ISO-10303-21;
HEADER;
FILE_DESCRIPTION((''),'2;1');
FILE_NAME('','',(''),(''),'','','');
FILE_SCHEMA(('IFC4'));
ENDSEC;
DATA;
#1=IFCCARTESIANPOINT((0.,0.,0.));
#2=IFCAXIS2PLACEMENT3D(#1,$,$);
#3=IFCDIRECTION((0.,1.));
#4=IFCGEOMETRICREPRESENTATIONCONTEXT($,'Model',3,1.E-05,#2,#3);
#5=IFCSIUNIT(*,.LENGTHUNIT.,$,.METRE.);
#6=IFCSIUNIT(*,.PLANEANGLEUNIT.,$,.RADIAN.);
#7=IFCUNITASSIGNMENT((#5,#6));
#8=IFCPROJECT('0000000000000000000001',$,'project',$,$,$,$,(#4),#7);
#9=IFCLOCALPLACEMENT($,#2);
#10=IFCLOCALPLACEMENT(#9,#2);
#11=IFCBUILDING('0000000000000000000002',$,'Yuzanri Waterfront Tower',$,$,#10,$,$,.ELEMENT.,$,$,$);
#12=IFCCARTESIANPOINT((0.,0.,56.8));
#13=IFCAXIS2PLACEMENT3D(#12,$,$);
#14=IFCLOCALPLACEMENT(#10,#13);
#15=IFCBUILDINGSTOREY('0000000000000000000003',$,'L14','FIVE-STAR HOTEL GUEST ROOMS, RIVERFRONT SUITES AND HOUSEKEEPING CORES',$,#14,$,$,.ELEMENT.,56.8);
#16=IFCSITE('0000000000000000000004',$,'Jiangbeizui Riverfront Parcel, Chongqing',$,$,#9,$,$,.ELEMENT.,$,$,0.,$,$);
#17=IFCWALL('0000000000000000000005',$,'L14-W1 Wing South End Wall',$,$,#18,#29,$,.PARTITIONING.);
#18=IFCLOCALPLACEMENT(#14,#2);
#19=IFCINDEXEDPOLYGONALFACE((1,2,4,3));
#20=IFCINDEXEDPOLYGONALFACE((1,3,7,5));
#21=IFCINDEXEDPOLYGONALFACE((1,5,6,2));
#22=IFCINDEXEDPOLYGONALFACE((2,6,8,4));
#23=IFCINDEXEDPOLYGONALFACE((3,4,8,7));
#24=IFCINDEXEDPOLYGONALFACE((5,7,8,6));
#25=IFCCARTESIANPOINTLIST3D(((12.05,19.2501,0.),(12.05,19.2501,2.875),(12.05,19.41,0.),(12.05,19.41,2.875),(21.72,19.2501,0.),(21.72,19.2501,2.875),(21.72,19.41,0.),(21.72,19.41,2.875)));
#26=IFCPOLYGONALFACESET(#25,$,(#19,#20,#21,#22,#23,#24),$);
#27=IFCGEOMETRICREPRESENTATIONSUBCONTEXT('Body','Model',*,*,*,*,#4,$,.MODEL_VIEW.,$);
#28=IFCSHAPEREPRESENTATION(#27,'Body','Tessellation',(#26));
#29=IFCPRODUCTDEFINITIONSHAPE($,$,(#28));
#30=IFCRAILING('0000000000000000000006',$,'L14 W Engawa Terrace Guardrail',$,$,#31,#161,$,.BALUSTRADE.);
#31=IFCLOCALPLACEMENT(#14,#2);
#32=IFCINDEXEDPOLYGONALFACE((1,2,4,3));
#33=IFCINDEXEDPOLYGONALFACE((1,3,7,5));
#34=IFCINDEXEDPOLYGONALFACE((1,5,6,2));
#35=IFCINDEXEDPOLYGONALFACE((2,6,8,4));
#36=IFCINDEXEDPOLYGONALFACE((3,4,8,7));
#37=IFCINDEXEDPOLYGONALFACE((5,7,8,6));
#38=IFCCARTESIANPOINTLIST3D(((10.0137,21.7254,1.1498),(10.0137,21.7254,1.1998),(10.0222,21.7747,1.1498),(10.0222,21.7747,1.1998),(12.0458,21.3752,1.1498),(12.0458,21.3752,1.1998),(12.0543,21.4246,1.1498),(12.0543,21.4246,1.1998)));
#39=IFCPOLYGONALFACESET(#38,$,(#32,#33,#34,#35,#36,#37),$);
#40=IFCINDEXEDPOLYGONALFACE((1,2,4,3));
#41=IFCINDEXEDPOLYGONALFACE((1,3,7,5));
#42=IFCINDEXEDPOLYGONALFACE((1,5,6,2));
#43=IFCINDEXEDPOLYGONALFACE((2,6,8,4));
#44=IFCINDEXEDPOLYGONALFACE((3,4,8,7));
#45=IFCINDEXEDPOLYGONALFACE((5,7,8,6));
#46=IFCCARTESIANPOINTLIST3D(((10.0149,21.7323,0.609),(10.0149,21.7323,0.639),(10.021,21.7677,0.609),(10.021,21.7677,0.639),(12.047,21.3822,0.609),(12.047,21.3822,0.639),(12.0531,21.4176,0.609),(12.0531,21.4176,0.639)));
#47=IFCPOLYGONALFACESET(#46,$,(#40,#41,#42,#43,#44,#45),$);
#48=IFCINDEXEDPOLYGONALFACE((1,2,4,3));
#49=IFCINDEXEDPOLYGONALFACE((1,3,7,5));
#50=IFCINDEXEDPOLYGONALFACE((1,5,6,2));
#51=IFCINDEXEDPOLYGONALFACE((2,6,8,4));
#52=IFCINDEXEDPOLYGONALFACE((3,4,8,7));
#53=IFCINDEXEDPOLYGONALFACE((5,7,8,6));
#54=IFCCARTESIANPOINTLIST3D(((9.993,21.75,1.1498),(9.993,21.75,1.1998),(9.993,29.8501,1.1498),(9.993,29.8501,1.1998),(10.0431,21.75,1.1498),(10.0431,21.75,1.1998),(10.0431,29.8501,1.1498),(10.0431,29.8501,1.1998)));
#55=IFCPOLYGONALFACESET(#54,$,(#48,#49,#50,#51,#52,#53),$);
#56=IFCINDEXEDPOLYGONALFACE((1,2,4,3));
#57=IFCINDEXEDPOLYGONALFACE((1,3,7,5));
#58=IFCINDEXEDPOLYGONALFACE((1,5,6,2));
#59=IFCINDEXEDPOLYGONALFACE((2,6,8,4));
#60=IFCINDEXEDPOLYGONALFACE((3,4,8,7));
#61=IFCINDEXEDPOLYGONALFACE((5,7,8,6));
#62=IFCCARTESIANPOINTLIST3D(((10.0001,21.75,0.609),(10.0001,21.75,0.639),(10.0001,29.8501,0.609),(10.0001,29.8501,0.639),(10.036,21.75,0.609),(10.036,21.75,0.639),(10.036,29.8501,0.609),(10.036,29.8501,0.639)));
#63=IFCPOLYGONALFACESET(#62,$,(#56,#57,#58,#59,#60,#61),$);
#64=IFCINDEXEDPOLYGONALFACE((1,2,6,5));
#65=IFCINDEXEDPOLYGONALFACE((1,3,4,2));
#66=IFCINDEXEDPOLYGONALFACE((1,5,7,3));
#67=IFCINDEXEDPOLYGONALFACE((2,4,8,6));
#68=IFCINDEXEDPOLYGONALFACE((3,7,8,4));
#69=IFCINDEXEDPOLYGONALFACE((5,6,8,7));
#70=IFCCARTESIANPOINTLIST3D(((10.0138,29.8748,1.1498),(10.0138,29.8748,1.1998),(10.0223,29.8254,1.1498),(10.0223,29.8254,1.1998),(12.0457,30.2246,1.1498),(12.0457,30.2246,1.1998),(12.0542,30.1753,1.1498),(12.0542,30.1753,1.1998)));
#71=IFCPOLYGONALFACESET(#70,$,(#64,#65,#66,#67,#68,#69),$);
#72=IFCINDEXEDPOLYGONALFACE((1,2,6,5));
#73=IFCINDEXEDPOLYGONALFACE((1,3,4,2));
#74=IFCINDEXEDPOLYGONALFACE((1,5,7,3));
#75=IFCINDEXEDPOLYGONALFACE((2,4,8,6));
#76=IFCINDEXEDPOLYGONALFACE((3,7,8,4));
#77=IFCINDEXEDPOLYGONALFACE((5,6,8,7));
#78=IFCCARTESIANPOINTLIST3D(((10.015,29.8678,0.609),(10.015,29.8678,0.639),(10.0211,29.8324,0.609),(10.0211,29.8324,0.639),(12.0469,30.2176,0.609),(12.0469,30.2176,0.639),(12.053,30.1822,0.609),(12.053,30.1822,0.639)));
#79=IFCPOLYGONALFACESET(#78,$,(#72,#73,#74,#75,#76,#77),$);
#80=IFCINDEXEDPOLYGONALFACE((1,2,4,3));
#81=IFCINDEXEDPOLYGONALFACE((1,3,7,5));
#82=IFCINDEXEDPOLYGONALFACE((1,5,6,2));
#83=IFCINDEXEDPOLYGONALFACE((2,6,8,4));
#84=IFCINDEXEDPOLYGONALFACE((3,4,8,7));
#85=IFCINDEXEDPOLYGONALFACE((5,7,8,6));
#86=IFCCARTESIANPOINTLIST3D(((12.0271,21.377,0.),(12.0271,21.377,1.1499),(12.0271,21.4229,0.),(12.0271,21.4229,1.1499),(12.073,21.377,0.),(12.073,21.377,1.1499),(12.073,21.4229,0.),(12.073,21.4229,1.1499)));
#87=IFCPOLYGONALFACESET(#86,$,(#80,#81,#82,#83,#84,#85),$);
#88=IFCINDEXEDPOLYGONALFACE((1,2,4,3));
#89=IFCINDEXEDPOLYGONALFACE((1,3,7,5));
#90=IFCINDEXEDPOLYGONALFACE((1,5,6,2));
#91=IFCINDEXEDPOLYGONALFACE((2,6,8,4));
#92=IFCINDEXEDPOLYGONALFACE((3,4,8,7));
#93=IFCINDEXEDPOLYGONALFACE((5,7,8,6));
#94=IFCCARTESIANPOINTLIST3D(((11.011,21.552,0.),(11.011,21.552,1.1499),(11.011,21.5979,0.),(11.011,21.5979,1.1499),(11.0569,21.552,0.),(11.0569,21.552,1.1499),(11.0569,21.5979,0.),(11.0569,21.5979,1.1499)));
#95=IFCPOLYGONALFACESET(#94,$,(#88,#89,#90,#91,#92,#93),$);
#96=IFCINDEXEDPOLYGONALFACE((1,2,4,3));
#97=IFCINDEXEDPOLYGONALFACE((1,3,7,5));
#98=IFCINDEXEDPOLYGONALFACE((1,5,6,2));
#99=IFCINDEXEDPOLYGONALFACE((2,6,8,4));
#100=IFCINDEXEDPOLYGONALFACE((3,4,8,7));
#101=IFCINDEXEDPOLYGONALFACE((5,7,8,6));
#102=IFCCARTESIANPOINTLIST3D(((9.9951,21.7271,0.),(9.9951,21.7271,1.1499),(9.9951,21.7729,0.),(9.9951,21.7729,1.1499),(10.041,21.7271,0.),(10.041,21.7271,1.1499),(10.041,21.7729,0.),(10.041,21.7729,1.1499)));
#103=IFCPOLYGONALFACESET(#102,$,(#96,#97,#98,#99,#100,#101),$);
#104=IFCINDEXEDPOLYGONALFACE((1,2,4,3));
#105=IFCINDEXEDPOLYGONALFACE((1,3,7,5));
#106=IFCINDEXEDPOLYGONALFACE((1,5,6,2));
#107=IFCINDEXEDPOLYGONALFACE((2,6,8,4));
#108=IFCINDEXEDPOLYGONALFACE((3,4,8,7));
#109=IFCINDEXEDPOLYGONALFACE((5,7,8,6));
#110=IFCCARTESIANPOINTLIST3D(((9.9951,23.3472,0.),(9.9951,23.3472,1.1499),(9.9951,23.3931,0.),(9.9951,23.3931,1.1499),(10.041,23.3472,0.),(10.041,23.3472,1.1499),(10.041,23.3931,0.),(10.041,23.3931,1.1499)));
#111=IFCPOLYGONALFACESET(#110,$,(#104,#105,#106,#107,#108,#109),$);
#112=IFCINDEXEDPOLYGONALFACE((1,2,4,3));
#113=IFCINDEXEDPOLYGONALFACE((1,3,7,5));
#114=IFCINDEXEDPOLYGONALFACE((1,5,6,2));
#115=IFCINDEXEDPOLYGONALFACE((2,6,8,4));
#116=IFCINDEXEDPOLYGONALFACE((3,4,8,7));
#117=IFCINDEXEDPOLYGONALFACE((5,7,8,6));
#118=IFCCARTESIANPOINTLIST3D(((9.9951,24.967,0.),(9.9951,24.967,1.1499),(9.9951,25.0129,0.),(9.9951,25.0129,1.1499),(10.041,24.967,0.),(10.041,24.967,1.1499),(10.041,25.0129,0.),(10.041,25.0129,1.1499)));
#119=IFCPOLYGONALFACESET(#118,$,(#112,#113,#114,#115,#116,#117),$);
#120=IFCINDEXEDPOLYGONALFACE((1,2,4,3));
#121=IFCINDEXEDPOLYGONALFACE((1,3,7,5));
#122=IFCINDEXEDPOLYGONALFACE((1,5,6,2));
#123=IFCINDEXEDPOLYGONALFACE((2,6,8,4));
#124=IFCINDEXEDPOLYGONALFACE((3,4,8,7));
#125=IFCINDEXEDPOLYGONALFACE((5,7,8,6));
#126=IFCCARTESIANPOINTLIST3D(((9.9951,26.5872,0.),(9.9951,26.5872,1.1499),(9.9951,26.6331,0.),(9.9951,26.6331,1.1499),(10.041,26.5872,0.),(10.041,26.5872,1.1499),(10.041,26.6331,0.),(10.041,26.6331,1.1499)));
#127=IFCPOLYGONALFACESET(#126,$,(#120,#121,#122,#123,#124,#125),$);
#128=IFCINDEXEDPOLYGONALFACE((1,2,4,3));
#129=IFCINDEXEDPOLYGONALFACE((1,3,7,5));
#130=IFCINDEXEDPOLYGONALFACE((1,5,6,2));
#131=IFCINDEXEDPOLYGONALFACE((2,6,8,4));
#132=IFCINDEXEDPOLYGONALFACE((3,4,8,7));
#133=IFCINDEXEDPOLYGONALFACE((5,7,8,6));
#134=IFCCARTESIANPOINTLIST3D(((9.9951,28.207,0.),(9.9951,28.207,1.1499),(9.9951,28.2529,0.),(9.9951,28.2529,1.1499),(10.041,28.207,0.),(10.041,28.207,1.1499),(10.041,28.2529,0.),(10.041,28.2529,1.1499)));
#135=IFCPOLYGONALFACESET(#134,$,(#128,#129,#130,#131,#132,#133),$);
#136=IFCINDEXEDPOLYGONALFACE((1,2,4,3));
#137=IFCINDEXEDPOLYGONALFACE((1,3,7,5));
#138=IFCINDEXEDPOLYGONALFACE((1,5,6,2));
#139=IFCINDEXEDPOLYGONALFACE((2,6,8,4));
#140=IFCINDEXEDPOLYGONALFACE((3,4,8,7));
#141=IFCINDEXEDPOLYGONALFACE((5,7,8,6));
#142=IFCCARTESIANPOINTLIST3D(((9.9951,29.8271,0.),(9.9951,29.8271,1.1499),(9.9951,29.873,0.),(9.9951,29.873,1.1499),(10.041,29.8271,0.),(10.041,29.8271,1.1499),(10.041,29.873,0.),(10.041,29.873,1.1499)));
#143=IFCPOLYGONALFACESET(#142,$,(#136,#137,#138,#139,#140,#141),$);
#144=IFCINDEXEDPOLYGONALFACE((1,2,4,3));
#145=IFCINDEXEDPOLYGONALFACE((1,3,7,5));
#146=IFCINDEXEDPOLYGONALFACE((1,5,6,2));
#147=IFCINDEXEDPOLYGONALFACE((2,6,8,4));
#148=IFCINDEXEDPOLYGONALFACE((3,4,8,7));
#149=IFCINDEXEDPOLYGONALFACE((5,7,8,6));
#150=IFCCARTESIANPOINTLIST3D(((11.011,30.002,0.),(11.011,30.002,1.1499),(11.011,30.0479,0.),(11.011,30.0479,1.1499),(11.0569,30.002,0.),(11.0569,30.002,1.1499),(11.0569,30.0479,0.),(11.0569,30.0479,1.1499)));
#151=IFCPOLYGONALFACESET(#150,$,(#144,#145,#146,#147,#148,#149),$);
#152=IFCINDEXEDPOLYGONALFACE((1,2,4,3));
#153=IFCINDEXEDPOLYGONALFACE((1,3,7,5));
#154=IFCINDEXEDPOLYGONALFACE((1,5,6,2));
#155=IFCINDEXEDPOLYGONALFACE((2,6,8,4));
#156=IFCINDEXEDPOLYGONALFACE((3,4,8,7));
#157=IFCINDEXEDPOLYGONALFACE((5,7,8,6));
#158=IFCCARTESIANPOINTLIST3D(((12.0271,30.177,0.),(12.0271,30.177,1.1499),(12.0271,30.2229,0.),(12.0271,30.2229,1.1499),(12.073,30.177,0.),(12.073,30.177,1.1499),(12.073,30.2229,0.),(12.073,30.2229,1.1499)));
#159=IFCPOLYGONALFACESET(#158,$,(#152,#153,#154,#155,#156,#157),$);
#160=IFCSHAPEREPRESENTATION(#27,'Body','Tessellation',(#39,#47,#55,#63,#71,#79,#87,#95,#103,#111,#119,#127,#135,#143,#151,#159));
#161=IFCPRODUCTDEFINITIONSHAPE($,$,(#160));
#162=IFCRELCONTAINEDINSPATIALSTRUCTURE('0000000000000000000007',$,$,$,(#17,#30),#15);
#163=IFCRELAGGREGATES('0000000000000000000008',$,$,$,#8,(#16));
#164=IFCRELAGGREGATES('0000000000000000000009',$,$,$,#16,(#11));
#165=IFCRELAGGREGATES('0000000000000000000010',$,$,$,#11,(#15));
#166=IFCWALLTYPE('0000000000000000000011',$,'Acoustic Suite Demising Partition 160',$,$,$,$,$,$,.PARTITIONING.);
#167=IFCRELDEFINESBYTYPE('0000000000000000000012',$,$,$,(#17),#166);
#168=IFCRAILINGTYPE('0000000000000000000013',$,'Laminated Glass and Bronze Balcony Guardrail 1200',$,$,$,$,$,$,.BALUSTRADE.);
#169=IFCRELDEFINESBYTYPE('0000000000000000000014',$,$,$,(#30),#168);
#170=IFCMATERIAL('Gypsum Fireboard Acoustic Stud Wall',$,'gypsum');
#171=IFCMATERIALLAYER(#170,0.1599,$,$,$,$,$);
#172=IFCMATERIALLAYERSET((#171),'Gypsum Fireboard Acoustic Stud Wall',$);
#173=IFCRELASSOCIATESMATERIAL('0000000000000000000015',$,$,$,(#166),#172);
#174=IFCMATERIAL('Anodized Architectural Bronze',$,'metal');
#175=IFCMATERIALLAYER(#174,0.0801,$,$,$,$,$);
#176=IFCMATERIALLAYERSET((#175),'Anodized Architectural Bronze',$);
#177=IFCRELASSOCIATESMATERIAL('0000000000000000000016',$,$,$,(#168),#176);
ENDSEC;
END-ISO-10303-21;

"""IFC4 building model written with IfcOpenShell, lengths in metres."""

from ifc_helpers import new_model, si_unit, direction, frame, frame_2d, origin, origin_2d, place, context, subcontext, project, spatial, rectangle, extrude, source, transform, mapped, material, layer, layer_set, type_object, element, save


model = new_model("IFC4")

# Units and contexts
model_context = context("Model", 3, precision=1e-05, world=origin(), true_north=direction((0.0, 1.0)))
body_context = subcontext(model_context, "Body", "Model", "MODEL_VIEW")
ifc_project = project(units=[si_unit("LENGTHUNIT", "METRE"), si_unit("PLANEANGLEUNIT", "RADIAN")], contexts=[model_context])

# Site, building, storey
site_placement = place(None, origin())
site = spatial("IfcSite", under=ifc_project, at=site_placement, Name="Jiangbeizui Riverfront Parcel, Chongqing", CompositionType="ELEMENT", RefElevation=0.0)
building_placement = place(site_placement, origin())
building = spatial("IfcBuilding", under=site, at=building_placement, Name="Yuzanri Waterfront Tower", CompositionType="ELEMENT")
storey_placement = place(building_placement, frame((0.0, 0.0, 56.8)))
storey = spatial("IfcBuildingStorey", under=building, at=storey_placement, Name="L14", Description="FIVE-STAR HOTEL GUEST ROOMS, RIVERFRONT SUITES AND HOUSEKEEPING CORES", CompositionType="ELEMENT", Elevation=56.8)

# Wall
ifc_material_1 = material(Name="Gypsum Fireboard Acoustic Stud Wall", Category="gypsum")
ifc_layer_1 = layer(ifc_material_1, 0.1599)
ifc_layer_set_1 = layer_set([ifc_layer_1], Name="Gypsum Fireboard Acoustic Stud Wall")
wall_type_1 = type_object("IfcWallType", Name="Acoustic Suite Demising Partition 160", PredefinedType="PARTITIONING", material=ifc_layer_set_1)
shared_shape_1 = source(origin(), body_context, "Body", "SweptSolid", [
    extrude(rectangle(XDim=9.6699, YDim=0.1599, at=frame_2d((4.835, 0.0))), origin(), (0.0, 0.0, 1.0), 2.875),
])
wall_1_placement = place(storey_placement, frame((12.05, 19.3301, 0.0), z_axis=(0.0, 0.0, 1.0), x_axis=(1.0, 0.0, 0.0)))
element("IfcWall", 1, at=wall_1_placement, inside=storey, type_object=wall_type_1, Name="L14-W1 Wing South End Wall", PredefinedType="PARTITIONING", context=body_context, shape_type="MappedRepresentation", body=[
    mapped(shared_shape_1, transform((0.0, 0.0, 0.0), scale=1.0)),
])

# Railing
ifc_material_2 = material(Name="Anodized Architectural Bronze", Category="metal")
ifc_layer_2 = layer(ifc_material_2, 0.0801)
ifc_layer_set_2 = layer_set([ifc_layer_2], Name="Anodized Architectural Bronze")
railing_type = type_object("IfcRailingType", Name="Laminated Glass and Bronze Balcony Guardrail 1200", PredefinedType="BALUSTRADE", material=ifc_layer_set_2)
shared_shape_2 = source(origin(), body_context, "Body", "SweptSolid", [
    extrude(rectangle(XDim=0.05, YDim=0.05, at=origin_2d()), frame((0.0, 0.0, 1.1748), z_axis=(-0.98548, 0.169792, 0.0), x_axis=(-0.169792, -0.98548, 0.0)), (0.0, 0.0, 1.0), 2.062),
    extrude(rectangle(XDim=0.0359, YDim=0.03, at=origin_2d()), frame((0.0, 0.0, 0.624), z_axis=(-0.98548, 0.169792, 0.0), x_axis=(-0.169792, -0.98548, 0.0)), (0.0, 0.0, 1.0), 2.062),
    extrude(rectangle(XDim=0.05, YDim=0.05, at=origin_2d()), frame((-2.032, 0.3501, 1.1748), z_axis=(0.0, 1.0, 0.0), x_axis=(-1.0, 0.0, 0.0)), (0.0, 0.0, 1.0), 8.1001),
    extrude(rectangle(XDim=0.0359, YDim=0.03, at=origin_2d()), frame((-2.032, 0.3501, 0.624), z_axis=(0.0, 1.0, 0.0), x_axis=(-1.0, 0.0, 0.0)), (0.0, 0.0, 1.0), 8.1001),
    extrude(rectangle(XDim=0.05, YDim=0.05, at=origin_2d()), frame((-2.032, 8.4502, 1.1748), z_axis=(0.9855, 0.169677, 0.0), x_axis=(-0.169677, 0.9855, 0.0)), (0.0, 0.0, 1.0), 2.0618),
    extrude(rectangle(XDim=0.0359, YDim=0.03, at=origin_2d()), frame((-2.032, 8.4502, 0.624), z_axis=(0.9855, 0.169677, 0.0), x_axis=(-0.169677, 0.9855, 0.0)), (0.0, 0.0, 1.0), 2.0618),
    extrude(rectangle(XDim=0.0459, YDim=0.0459, at=origin_2d()), origin(), (0.0, 0.0, 1.0), 1.1499),
    extrude(rectangle(XDim=0.0459, YDim=0.0459, at=origin_2d()), frame((-1.0161, 0.175, 0.0)), (0.0, 0.0, 1.0), 1.1499),
    extrude(rectangle(XDim=0.0459, YDim=0.0459, at=origin_2d()), frame((-2.032, 0.3501, 0.0)), (0.0, 0.0, 1.0), 1.1499),
    extrude(rectangle(XDim=0.0459, YDim=0.0459, at=origin_2d()), frame((-2.032, 1.9702, 0.0)), (0.0, 0.0, 1.0), 1.1499),
    extrude(rectangle(XDim=0.0459, YDim=0.0459, at=origin_2d()), frame((-2.032, 3.5901, 0.0)), (0.0, 0.0, 1.0), 1.1499),
    extrude(rectangle(XDim=0.0459, YDim=0.0459, at=origin_2d()), frame((-2.032, 5.2102, 0.0)), (0.0, 0.0, 1.0), 1.1499),
    extrude(rectangle(XDim=0.0459, YDim=0.0459, at=origin_2d()), frame((-2.032, 6.8301, 0.0)), (0.0, 0.0, 1.0), 1.1499),
    extrude(rectangle(XDim=0.0459, YDim=0.0459, at=origin_2d()), frame((-2.032, 8.4502, 0.0)), (0.0, 0.0, 1.0), 1.1499),
    extrude(rectangle(XDim=0.0459, YDim=0.0459, at=origin_2d()), frame((-1.0161, 8.625, 0.0)), (0.0, 0.0, 1.0), 1.1499),
    extrude(rectangle(XDim=0.0459, YDim=0.0459, at=origin_2d()), frame((0.0, 8.8, 0.0)), (0.0, 0.0, 1.0), 1.1499),
])
railing_placement = place(storey_placement, frame((12.05, 21.3999, 0.0)))
element("IfcRailing", 2, at=railing_placement, inside=storey, type_object=railing_type, Name="L14 W Engawa Terrace Guardrail", PredefinedType="BALUSTRADE", context=body_context, shape_type="MappedRepresentation", body=[
    mapped(shared_shape_2, transform((0.0, 0.0, 0.0), scale=1.0)),
])

save(model, "model.ifc")
